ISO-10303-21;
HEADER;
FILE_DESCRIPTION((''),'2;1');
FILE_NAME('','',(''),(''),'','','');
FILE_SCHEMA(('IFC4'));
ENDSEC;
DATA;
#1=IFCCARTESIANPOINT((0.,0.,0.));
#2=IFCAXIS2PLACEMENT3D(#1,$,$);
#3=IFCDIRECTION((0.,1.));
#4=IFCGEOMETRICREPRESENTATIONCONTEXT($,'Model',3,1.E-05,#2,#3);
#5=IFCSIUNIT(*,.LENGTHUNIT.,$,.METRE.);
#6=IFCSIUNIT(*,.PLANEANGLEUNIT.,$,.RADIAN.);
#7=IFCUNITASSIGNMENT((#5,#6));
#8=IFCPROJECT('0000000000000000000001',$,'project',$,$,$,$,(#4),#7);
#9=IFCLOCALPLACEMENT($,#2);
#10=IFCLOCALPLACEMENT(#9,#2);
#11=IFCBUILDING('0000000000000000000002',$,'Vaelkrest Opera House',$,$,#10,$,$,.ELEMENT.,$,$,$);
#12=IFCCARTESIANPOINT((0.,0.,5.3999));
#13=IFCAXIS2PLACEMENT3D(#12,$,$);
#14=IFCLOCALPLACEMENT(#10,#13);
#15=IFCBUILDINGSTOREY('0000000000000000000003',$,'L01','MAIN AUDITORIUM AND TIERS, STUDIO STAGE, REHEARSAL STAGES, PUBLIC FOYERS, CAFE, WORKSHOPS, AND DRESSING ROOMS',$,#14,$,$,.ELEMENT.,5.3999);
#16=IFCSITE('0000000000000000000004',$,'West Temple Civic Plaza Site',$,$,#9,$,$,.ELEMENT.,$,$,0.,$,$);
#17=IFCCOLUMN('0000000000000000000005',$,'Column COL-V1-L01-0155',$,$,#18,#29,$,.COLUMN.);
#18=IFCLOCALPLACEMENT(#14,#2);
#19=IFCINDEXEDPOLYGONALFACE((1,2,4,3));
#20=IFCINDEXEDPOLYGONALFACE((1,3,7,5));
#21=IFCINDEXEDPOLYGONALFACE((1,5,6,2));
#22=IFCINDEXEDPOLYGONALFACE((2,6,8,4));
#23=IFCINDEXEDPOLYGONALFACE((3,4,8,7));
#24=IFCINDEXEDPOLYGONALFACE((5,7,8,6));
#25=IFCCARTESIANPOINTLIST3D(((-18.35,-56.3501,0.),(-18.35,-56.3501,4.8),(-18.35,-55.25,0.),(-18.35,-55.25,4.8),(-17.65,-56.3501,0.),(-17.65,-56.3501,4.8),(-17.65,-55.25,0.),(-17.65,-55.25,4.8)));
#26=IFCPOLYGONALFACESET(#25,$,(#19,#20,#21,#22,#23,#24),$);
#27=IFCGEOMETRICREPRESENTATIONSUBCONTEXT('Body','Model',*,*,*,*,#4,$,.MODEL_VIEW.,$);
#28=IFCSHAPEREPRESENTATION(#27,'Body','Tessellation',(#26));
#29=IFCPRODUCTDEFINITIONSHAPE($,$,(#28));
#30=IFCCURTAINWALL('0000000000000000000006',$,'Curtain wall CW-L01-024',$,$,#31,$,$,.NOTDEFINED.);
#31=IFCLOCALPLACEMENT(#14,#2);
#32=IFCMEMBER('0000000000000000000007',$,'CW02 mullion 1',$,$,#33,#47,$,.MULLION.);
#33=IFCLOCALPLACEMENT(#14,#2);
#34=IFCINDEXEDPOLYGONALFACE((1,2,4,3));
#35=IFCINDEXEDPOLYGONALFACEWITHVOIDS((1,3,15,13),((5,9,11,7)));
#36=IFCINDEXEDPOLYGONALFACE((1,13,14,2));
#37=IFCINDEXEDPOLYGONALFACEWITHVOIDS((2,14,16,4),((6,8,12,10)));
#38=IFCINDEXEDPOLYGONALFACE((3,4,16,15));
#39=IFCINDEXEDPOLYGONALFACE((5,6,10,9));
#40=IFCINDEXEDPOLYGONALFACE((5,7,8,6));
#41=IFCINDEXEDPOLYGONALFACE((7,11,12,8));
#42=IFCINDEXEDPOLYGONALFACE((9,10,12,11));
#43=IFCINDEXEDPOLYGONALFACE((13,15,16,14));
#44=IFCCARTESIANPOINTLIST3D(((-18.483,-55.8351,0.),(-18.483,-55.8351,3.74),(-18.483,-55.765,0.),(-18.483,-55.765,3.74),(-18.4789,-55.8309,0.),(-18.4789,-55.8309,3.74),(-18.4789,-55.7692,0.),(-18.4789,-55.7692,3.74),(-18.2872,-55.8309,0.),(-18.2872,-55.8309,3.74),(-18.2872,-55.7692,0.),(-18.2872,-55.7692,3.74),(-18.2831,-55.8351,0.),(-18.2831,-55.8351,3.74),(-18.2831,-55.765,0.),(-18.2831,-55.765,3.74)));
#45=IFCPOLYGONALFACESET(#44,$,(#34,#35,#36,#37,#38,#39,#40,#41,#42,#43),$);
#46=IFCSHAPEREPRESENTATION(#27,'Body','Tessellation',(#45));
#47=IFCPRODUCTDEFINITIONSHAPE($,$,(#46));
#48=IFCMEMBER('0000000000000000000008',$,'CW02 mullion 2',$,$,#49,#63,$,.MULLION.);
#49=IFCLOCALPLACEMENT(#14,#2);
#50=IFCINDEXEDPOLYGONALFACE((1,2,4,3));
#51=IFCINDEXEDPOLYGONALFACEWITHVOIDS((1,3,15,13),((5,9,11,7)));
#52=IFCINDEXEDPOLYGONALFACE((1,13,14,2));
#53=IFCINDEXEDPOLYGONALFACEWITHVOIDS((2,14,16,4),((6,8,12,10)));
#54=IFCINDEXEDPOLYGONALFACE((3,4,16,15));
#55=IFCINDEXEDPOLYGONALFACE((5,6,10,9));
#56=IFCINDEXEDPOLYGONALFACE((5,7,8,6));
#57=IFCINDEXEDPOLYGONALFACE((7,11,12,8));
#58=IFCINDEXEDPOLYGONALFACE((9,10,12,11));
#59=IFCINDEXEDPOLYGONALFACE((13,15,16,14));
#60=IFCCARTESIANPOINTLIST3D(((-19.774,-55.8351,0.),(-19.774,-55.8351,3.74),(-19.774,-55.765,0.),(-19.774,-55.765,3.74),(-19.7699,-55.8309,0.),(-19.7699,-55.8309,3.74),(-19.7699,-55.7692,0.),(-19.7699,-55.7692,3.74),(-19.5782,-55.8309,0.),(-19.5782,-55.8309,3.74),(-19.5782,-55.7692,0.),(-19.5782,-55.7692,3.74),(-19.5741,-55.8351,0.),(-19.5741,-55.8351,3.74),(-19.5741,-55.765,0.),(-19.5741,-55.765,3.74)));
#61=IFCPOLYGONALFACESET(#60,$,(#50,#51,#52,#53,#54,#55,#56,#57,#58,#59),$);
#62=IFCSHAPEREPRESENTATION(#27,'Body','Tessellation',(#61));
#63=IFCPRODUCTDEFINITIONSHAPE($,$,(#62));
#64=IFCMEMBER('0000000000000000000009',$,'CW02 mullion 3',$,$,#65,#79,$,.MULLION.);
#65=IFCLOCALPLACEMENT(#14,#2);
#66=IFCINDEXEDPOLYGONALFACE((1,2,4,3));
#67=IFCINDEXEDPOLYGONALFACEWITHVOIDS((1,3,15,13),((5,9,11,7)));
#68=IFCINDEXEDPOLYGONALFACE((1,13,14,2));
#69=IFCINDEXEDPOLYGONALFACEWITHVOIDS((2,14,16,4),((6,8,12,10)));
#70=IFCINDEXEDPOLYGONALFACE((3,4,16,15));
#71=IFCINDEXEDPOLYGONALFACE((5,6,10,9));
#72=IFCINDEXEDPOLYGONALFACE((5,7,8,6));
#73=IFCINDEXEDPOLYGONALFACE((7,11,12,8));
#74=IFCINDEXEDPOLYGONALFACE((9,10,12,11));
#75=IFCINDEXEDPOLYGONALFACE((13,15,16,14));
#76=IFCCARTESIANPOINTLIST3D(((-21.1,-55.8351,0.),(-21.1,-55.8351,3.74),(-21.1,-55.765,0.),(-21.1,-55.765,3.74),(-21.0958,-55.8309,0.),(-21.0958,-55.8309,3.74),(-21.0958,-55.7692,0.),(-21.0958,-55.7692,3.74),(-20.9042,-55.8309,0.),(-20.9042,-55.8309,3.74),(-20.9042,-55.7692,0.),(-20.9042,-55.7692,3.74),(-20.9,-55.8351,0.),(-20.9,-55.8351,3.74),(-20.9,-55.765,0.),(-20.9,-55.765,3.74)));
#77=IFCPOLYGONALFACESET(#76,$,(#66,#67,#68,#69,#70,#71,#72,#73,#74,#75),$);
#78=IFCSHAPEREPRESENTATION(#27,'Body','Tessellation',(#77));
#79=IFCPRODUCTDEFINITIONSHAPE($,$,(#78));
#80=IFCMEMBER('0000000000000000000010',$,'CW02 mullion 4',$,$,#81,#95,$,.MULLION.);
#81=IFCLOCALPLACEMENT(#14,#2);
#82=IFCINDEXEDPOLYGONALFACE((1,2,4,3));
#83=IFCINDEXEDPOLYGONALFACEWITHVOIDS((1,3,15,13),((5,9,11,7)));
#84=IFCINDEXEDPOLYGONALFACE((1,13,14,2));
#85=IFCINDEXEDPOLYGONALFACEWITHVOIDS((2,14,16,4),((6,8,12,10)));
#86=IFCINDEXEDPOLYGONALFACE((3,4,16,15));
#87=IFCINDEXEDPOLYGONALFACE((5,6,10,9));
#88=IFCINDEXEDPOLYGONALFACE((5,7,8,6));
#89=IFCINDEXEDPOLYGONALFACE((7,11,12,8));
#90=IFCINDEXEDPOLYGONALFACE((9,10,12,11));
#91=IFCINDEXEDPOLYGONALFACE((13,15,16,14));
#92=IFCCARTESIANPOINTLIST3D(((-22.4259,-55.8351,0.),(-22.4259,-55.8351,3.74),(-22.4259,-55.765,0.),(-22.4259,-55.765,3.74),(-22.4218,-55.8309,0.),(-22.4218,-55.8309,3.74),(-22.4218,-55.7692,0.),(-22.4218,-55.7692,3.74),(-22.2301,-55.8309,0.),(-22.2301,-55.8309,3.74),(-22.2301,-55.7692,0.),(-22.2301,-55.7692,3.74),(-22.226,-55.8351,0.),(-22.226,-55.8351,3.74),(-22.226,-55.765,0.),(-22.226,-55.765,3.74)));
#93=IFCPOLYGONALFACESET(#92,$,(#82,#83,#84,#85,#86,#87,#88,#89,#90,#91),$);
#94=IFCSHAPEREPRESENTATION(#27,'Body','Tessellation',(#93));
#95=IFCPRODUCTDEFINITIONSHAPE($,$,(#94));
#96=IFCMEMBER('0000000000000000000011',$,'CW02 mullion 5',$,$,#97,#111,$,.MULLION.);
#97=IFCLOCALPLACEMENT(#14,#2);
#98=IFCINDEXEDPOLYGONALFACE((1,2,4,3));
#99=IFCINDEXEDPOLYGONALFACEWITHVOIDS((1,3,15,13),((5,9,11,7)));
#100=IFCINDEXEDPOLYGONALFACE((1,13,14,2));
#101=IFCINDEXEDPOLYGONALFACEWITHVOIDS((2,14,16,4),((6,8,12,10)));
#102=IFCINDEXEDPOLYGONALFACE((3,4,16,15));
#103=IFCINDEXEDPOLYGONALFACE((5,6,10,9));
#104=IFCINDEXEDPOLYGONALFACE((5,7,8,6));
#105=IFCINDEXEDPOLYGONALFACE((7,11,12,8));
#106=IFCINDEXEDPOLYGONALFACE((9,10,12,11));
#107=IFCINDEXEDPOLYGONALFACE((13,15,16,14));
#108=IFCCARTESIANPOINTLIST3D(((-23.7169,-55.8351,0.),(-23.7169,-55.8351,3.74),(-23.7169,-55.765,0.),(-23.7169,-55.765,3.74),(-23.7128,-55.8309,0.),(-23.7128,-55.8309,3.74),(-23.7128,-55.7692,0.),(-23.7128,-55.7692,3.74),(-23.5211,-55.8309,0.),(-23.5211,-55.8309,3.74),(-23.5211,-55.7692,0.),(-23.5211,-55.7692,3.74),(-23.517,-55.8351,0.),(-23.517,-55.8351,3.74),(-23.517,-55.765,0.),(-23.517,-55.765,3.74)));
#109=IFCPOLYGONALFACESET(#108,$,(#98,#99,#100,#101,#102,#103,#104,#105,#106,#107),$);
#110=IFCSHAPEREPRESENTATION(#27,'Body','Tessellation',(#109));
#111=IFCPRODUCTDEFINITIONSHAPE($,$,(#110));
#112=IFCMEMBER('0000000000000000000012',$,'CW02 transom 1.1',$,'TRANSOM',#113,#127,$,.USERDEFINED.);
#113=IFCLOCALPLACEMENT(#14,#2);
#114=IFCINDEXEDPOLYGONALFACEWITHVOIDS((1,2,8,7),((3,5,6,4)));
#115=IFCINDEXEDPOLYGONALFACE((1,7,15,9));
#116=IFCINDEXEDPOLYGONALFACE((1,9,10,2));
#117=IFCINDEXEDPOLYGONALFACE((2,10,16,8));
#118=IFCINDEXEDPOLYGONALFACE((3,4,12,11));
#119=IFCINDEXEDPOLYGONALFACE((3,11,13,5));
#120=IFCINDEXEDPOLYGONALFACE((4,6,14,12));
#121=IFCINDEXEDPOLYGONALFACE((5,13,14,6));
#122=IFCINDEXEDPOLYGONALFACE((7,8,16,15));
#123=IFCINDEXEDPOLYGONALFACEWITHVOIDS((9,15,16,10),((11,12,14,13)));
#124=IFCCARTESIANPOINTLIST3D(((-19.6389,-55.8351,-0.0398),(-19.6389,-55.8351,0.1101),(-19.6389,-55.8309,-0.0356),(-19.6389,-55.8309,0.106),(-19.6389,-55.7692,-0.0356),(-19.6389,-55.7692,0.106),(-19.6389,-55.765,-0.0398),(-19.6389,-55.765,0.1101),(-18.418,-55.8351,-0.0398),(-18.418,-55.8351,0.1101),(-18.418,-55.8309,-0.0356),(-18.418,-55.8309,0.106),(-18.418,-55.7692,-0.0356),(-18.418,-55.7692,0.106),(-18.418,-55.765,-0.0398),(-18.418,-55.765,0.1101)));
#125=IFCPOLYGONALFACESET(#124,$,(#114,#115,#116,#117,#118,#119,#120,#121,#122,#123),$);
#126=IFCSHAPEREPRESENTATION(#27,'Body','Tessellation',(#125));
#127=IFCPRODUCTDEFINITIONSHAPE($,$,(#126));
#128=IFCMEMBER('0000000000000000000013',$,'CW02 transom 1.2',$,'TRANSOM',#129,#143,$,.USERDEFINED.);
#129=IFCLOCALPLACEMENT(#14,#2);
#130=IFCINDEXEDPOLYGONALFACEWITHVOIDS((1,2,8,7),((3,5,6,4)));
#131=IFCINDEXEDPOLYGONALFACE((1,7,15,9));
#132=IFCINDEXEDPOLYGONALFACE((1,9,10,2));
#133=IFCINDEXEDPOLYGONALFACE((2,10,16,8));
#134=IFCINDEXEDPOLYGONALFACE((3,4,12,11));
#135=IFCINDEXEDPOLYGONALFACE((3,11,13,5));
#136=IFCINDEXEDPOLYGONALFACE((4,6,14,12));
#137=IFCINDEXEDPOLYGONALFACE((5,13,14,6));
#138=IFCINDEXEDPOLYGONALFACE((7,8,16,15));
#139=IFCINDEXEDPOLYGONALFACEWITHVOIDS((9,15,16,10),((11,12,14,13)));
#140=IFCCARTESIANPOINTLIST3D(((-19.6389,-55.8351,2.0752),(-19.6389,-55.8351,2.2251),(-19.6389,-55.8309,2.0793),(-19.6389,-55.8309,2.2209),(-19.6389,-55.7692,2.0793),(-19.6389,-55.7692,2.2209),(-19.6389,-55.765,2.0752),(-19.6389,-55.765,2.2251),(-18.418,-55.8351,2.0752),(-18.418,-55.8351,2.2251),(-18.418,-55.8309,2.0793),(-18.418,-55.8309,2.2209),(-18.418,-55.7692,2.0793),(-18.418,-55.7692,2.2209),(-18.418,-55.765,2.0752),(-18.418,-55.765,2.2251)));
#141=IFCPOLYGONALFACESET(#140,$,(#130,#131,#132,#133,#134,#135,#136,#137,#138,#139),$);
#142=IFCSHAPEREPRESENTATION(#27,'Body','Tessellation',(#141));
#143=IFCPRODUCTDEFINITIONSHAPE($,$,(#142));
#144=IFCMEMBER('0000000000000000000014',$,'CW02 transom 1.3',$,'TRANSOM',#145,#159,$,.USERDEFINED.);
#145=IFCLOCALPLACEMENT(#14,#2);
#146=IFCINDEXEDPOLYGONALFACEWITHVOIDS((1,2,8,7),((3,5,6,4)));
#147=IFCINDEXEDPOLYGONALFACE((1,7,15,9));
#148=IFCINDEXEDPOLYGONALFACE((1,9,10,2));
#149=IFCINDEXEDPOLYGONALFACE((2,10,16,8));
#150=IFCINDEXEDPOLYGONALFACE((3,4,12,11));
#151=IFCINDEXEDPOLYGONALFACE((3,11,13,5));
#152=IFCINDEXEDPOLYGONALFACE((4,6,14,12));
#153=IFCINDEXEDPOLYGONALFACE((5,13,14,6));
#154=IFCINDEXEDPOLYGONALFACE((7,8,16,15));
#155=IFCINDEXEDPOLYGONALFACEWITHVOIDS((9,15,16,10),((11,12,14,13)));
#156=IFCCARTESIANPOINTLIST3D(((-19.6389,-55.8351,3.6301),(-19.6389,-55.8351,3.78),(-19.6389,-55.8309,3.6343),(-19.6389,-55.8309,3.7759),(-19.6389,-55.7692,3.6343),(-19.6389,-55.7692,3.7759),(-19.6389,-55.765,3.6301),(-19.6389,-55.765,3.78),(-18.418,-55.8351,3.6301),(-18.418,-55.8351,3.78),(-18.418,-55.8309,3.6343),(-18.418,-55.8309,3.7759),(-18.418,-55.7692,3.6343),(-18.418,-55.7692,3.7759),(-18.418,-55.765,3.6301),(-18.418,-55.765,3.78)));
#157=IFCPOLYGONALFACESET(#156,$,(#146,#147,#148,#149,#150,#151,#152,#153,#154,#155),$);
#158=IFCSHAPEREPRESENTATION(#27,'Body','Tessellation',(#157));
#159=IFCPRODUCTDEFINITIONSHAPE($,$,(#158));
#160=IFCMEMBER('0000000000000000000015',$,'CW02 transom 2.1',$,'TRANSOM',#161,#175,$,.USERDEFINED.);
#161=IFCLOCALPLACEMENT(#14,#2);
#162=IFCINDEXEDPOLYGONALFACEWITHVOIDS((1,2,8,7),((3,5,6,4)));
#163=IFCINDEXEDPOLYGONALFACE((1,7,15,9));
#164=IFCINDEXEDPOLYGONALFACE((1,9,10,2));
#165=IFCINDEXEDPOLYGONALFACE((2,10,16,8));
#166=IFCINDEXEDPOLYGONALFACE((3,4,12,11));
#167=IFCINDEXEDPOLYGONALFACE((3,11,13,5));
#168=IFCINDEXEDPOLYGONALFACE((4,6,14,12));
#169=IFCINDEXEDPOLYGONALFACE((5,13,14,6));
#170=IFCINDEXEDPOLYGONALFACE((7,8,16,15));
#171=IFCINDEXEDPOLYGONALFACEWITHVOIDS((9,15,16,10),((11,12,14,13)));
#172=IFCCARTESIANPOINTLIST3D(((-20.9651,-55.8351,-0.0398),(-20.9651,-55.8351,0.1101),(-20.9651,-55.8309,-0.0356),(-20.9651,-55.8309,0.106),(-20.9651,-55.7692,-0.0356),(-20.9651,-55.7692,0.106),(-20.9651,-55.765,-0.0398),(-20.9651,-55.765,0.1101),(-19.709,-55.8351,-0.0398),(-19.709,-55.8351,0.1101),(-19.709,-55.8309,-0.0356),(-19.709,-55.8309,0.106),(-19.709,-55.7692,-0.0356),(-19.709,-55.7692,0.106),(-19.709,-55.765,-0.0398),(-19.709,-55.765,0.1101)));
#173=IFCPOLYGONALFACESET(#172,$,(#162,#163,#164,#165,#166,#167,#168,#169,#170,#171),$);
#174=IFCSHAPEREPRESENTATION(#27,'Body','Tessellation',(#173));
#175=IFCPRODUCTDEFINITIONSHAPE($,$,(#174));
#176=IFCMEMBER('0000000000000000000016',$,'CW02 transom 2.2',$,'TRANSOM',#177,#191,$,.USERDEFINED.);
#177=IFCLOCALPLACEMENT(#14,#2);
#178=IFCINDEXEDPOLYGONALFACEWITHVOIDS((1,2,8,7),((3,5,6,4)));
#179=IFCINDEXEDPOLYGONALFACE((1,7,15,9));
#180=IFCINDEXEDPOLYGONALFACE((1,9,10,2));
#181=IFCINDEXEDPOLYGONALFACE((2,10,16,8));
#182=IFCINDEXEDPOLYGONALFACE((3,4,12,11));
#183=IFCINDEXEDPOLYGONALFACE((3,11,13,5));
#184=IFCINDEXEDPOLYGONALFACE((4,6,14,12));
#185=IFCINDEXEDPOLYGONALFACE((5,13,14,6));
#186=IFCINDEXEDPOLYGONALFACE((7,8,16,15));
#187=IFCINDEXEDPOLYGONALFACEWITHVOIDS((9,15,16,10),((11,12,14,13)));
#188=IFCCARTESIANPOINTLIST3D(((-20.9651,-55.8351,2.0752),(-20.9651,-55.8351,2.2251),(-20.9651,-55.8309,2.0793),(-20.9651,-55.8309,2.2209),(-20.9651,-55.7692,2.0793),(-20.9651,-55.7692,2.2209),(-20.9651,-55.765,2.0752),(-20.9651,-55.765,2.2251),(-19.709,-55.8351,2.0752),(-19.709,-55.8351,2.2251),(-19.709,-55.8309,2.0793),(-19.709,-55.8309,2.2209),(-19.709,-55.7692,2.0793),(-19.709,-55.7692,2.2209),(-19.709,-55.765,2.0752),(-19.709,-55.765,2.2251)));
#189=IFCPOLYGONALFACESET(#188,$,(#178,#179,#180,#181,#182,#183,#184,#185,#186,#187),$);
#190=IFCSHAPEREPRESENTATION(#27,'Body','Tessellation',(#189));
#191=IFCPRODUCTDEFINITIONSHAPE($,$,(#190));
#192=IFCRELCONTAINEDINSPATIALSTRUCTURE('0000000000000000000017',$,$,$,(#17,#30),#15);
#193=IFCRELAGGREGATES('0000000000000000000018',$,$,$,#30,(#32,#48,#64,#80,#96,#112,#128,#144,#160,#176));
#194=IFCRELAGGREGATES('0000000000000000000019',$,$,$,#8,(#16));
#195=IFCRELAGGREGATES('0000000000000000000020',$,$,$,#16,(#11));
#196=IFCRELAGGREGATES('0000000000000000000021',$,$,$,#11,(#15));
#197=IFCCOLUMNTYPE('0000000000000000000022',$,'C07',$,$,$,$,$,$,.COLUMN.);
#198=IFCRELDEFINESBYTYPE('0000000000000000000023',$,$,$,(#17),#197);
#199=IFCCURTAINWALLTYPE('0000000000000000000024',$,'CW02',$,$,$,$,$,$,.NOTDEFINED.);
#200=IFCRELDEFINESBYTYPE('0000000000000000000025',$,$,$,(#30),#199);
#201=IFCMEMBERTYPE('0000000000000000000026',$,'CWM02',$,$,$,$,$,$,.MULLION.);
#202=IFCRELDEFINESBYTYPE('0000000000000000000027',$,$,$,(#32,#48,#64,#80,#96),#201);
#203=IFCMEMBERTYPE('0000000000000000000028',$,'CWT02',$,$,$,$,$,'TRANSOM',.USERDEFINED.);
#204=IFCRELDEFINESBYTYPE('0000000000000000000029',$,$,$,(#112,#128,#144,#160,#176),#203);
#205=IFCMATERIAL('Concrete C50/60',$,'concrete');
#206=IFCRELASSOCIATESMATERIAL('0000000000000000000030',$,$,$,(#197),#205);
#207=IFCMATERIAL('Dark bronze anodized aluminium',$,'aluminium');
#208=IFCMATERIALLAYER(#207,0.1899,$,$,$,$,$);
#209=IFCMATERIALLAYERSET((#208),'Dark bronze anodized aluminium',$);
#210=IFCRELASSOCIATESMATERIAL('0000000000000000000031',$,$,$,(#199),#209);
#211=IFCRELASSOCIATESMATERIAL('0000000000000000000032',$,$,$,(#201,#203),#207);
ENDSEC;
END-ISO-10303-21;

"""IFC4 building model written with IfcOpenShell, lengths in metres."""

from ifc_helpers import new_model, si_unit, direction, frame, origin, origin_2d, place, context, subcontext, project, spatial, rectangle, hollow_rectangle, extrude, material, layer, layer_set, material_profile, profile_set, type_object, element, aggregate, save


model = new_model("IFC4")

# Units and contexts
model_context = context("Model", 3, precision=1e-05, world=origin(), true_north=direction((0.0, 1.0)))
body_context = subcontext(model_context, "Body", "Model", "MODEL_VIEW")
ifc_project = project(units=[si_unit("LENGTHUNIT", "METRE"), si_unit("PLANEANGLEUNIT", "RADIAN")], contexts=[model_context])

# Site, building, storey
site_placement = place(None, origin())
site = spatial("IfcSite", under=ifc_project, at=site_placement, Name="West Temple Civic Plaza Site", CompositionType="ELEMENT", RefElevation=0.0)
building_placement = place(site_placement, origin())
building = spatial("IfcBuilding", under=site, at=building_placement, Name="Vaelkrest Opera House", CompositionType="ELEMENT")
storey_placement = place(building_placement, frame((0.0, 0.0, 5.3999)))
storey = spatial("IfcBuildingStorey", under=building, at=storey_placement, Name="L01", Description="MAIN AUDITORIUM AND TIERS, STUDIO STAGE, REHEARSAL STAGES, PUBLIC FOYERS, CAFE, WORKSHOPS, AND DRESSING ROOMS", CompositionType="ELEMENT", Elevation=5.3999)

# Column
ifc_material_1 = material(Name="Concrete C50/60", Category="concrete")
ifc_material_profile_1 = material_profile(ifc_material_1, rectangle(XDim=0.7, YDim=1.1001, at=origin_2d()), Name="RC700X1100")
ifc_profile_set_1 = profile_set([ifc_material_profile_1], Name="Concrete C50/60")
column_type = type_object("IfcColumnType", Name="C07", PredefinedType="COLUMN", material=ifc_profile_set_1)
column_placement = place(storey_placement, frame((-18.0, -55.8, 0.0), z_axis=(0.0, 0.0, 1.0), x_axis=(1.0, 0.0, 0.0)))
element("IfcColumn", 1, at=column_placement, inside=storey, type_object=column_type, Name="Column COL-V1-L01-0155", PredefinedType="COLUMN", context=body_context, shape_type="SweptSolid", body=[
    extrude(rectangle(XDim=0.7, YDim=1.1001, at=origin_2d()), origin(), (0.0, 0.0, 1.0), 4.8),
])

# Curtain wall, members
ifc_material_2 = material(Name="Dark bronze anodized aluminium", Category="aluminium")
ifc_layer_1 = layer(ifc_material_2, 0.1899)
ifc_layer_set_1 = layer_set([ifc_layer_1], Name="Dark bronze anodized aluminium")
curtain_wall_type = type_object("IfcCurtainWallType", Name="CW02", PredefinedType="NOTDEFINED", material=ifc_layer_set_1)
curtain_wall_placement = place(storey_placement, origin())
curtain_wall = element("IfcCurtainWall", 2, at=curtain_wall_placement, inside=storey, type_object=curtain_wall_type, Name="Curtain wall CW-L01-024", PredefinedType="NOTDEFINED")
ifc_material_profile_2 = material_profile(ifc_material_2, hollow_rectangle(XDim=0.0701, YDim=0.2, WallThickness=0.0042, at=origin_2d()), Name="CWM70X200")
ifc_profile_set_2 = profile_set([ifc_material_profile_2], Name="Dark bronze anodized aluminium")
member_type_1 = type_object("IfcMemberType", Name="CWM02", PredefinedType="MULLION", material=ifc_profile_set_2)
member_1_placement = place(storey_placement, frame((-18.3831, -55.8, 0.0), z_axis=(0.0, 0.0, 1.0), x_axis=(0.0, -1.0, 0.0)))
member_1 = element("IfcMember", 3, at=member_1_placement, type_object=member_type_1, Name="CW02 mullion 1", PredefinedType="MULLION", context=body_context, shape_type="SweptSolid", body=[
    extrude(hollow_rectangle(XDim=0.0701, YDim=0.2, WallThickness=0.0042, at=origin_2d()), origin(), (0.0, 0.0, 1.0), 3.74),
])
member_2_placement = place(storey_placement, frame((-19.6741, -55.8, 0.0), z_axis=(0.0, 0.0, 1.0), x_axis=(0.0, -1.0, 0.0)))
member_2 = element("IfcMember", 4, at=member_2_placement, type_object=member_type_1, Name="CW02 mullion 2", PredefinedType="MULLION", context=body_context, shape_type="SweptSolid", body=[
    extrude(hollow_rectangle(XDim=0.0701, YDim=0.2, WallThickness=0.0042, at=origin_2d()), origin(), (0.0, 0.0, 1.0), 3.74),
])
member_3_placement = place(storey_placement, frame((-21.0, -55.8, 0.0), z_axis=(0.0, 0.0, 1.0), x_axis=(0.0, -1.0, 0.0)))
member_3 = element("IfcMember", 5, at=member_3_placement, type_object=member_type_1, Name="CW02 mullion 3", PredefinedType="MULLION", context=body_context, shape_type="SweptSolid", body=[
    extrude(hollow_rectangle(XDim=0.0701, YDim=0.2, WallThickness=0.0042, at=origin_2d()), origin(), (0.0, 0.0, 1.0), 3.74),
])
member_4_placement = place(storey_placement, frame((-22.3259, -55.8, 0.0), z_axis=(0.0, 0.0, 1.0), x_axis=(0.0, -1.0, 0.0)))
member_4 = element("IfcMember", 6, at=member_4_placement, type_object=member_type_1, Name="CW02 mullion 4", PredefinedType="MULLION", context=body_context, shape_type="SweptSolid", body=[
    extrude(hollow_rectangle(XDim=0.0701, YDim=0.2, WallThickness=0.0042, at=origin_2d()), origin(), (0.0, 0.0, 1.0), 3.74),
])
member_5_placement = place(storey_placement, frame((-23.6169, -55.8, 0.0), z_axis=(0.0, 0.0, 1.0), x_axis=(0.0, -1.0, 0.0)))
member_5 = element("IfcMember", 7, at=member_5_placement, type_object=member_type_1, Name="CW02 mullion 5", PredefinedType="MULLION", context=body_context, shape_type="SweptSolid", body=[
    extrude(hollow_rectangle(XDim=0.0701, YDim=0.2, WallThickness=0.0042, at=origin_2d()), origin(), (0.0, 0.0, 1.0), 3.74),
])
ifc_material_profile_3 = material_profile(ifc_material_2, hollow_rectangle(XDim=0.0701, YDim=0.1499, WallThickness=0.0042, at=origin_2d()), Name="CWT70X150")
ifc_profile_set_3 = profile_set([ifc_material_profile_3], Name="Dark bronze anodized aluminium")
member_type_2 = type_object("IfcMemberType", Name="CWT02", ElementType="TRANSOM", PredefinedType="USERDEFINED", material=ifc_profile_set_3)
member_6_placement = place(storey_placement, frame((-18.418, -55.8, 0.0352), z_axis=(-1.0, 0.0, 0.0), x_axis=(0.0, -1.0, 0.0)))
member_6 = element("IfcMember", 8, at=member_6_placement, type_object=member_type_2, Name="CW02 transom 1.1", ObjectType="TRANSOM", PredefinedType="USERDEFINED", context=body_context, shape_type="SweptSolid", body=[
    extrude(hollow_rectangle(XDim=0.0701, YDim=0.1499, WallThickness=0.0042, at=origin_2d()), origin(), (0.0, 0.0, 1.0), 1.2209),
])
member_7_placement = place(storey_placement, frame((-18.418, -55.8, 2.1501), z_axis=(-1.0, 0.0, 0.0), x_axis=(0.0, -1.0, 0.0)))
member_7 = element("IfcMember", 9, at=member_7_placement, type_object=member_type_2, Name="CW02 transom 1.2", ObjectType="TRANSOM", PredefinedType="USERDEFINED", context=body_context, shape_type="SweptSolid", body=[
    extrude(hollow_rectangle(XDim=0.0701, YDim=0.1499, WallThickness=0.0042, at=origin_2d()), origin(), (0.0, 0.0, 1.0), 1.2209),
])
member_8_placement = place(storey_placement, frame((-18.418, -55.8, 3.7051), z_axis=(-1.0, 0.0, 0.0), x_axis=(0.0, -1.0, 0.0)))
member_8 = element("IfcMember", 10, at=member_8_placement, type_object=member_type_2, Name="CW02 transom 1.3", ObjectType="TRANSOM", PredefinedType="USERDEFINED", context=body_context, shape_type="SweptSolid", body=[
    extrude(hollow_rectangle(XDim=0.0701, YDim=0.1499, WallThickness=0.0042, at=origin_2d()), origin(), (0.0, 0.0, 1.0), 1.2209),
])
member_9_placement = place(storey_placement, frame((-19.709, -55.8, 0.0352), z_axis=(-1.0, 0.0, 0.0), x_axis=(0.0, -1.0, 0.0)))
member_9 = element("IfcMember", 11, at=member_9_placement, type_object=member_type_2, Name="CW02 transom 2.1", ObjectType="TRANSOM", PredefinedType="USERDEFINED", context=body_context, shape_type="SweptSolid", body=[
    extrude(hollow_rectangle(XDim=0.0701, YDim=0.1499, WallThickness=0.0042, at=origin_2d()), origin(), (0.0, 0.0, 1.0), 1.2561),
])
member_10_placement = place(storey_placement, frame((-19.709, -55.8, 2.1501), z_axis=(-1.0, 0.0, 0.0), x_axis=(0.0, -1.0, 0.0)))
member_10 = element("IfcMember", 12, at=member_10_placement, type_object=member_type_2, Name="CW02 transom 2.2", ObjectType="TRANSOM", PredefinedType="USERDEFINED", context=body_context, shape_type="SweptSolid", body=[
    extrude(hollow_rectangle(XDim=0.0701, YDim=0.1499, WallThickness=0.0042, at=origin_2d()), origin(), (0.0, 0.0, 1.0), 1.2561),
])

aggregate(curtain_wall, [member_1, member_2, member_3, member_4, member_5, member_6, member_7, member_8, member_9, member_10])

save(model, "model.ifc")
